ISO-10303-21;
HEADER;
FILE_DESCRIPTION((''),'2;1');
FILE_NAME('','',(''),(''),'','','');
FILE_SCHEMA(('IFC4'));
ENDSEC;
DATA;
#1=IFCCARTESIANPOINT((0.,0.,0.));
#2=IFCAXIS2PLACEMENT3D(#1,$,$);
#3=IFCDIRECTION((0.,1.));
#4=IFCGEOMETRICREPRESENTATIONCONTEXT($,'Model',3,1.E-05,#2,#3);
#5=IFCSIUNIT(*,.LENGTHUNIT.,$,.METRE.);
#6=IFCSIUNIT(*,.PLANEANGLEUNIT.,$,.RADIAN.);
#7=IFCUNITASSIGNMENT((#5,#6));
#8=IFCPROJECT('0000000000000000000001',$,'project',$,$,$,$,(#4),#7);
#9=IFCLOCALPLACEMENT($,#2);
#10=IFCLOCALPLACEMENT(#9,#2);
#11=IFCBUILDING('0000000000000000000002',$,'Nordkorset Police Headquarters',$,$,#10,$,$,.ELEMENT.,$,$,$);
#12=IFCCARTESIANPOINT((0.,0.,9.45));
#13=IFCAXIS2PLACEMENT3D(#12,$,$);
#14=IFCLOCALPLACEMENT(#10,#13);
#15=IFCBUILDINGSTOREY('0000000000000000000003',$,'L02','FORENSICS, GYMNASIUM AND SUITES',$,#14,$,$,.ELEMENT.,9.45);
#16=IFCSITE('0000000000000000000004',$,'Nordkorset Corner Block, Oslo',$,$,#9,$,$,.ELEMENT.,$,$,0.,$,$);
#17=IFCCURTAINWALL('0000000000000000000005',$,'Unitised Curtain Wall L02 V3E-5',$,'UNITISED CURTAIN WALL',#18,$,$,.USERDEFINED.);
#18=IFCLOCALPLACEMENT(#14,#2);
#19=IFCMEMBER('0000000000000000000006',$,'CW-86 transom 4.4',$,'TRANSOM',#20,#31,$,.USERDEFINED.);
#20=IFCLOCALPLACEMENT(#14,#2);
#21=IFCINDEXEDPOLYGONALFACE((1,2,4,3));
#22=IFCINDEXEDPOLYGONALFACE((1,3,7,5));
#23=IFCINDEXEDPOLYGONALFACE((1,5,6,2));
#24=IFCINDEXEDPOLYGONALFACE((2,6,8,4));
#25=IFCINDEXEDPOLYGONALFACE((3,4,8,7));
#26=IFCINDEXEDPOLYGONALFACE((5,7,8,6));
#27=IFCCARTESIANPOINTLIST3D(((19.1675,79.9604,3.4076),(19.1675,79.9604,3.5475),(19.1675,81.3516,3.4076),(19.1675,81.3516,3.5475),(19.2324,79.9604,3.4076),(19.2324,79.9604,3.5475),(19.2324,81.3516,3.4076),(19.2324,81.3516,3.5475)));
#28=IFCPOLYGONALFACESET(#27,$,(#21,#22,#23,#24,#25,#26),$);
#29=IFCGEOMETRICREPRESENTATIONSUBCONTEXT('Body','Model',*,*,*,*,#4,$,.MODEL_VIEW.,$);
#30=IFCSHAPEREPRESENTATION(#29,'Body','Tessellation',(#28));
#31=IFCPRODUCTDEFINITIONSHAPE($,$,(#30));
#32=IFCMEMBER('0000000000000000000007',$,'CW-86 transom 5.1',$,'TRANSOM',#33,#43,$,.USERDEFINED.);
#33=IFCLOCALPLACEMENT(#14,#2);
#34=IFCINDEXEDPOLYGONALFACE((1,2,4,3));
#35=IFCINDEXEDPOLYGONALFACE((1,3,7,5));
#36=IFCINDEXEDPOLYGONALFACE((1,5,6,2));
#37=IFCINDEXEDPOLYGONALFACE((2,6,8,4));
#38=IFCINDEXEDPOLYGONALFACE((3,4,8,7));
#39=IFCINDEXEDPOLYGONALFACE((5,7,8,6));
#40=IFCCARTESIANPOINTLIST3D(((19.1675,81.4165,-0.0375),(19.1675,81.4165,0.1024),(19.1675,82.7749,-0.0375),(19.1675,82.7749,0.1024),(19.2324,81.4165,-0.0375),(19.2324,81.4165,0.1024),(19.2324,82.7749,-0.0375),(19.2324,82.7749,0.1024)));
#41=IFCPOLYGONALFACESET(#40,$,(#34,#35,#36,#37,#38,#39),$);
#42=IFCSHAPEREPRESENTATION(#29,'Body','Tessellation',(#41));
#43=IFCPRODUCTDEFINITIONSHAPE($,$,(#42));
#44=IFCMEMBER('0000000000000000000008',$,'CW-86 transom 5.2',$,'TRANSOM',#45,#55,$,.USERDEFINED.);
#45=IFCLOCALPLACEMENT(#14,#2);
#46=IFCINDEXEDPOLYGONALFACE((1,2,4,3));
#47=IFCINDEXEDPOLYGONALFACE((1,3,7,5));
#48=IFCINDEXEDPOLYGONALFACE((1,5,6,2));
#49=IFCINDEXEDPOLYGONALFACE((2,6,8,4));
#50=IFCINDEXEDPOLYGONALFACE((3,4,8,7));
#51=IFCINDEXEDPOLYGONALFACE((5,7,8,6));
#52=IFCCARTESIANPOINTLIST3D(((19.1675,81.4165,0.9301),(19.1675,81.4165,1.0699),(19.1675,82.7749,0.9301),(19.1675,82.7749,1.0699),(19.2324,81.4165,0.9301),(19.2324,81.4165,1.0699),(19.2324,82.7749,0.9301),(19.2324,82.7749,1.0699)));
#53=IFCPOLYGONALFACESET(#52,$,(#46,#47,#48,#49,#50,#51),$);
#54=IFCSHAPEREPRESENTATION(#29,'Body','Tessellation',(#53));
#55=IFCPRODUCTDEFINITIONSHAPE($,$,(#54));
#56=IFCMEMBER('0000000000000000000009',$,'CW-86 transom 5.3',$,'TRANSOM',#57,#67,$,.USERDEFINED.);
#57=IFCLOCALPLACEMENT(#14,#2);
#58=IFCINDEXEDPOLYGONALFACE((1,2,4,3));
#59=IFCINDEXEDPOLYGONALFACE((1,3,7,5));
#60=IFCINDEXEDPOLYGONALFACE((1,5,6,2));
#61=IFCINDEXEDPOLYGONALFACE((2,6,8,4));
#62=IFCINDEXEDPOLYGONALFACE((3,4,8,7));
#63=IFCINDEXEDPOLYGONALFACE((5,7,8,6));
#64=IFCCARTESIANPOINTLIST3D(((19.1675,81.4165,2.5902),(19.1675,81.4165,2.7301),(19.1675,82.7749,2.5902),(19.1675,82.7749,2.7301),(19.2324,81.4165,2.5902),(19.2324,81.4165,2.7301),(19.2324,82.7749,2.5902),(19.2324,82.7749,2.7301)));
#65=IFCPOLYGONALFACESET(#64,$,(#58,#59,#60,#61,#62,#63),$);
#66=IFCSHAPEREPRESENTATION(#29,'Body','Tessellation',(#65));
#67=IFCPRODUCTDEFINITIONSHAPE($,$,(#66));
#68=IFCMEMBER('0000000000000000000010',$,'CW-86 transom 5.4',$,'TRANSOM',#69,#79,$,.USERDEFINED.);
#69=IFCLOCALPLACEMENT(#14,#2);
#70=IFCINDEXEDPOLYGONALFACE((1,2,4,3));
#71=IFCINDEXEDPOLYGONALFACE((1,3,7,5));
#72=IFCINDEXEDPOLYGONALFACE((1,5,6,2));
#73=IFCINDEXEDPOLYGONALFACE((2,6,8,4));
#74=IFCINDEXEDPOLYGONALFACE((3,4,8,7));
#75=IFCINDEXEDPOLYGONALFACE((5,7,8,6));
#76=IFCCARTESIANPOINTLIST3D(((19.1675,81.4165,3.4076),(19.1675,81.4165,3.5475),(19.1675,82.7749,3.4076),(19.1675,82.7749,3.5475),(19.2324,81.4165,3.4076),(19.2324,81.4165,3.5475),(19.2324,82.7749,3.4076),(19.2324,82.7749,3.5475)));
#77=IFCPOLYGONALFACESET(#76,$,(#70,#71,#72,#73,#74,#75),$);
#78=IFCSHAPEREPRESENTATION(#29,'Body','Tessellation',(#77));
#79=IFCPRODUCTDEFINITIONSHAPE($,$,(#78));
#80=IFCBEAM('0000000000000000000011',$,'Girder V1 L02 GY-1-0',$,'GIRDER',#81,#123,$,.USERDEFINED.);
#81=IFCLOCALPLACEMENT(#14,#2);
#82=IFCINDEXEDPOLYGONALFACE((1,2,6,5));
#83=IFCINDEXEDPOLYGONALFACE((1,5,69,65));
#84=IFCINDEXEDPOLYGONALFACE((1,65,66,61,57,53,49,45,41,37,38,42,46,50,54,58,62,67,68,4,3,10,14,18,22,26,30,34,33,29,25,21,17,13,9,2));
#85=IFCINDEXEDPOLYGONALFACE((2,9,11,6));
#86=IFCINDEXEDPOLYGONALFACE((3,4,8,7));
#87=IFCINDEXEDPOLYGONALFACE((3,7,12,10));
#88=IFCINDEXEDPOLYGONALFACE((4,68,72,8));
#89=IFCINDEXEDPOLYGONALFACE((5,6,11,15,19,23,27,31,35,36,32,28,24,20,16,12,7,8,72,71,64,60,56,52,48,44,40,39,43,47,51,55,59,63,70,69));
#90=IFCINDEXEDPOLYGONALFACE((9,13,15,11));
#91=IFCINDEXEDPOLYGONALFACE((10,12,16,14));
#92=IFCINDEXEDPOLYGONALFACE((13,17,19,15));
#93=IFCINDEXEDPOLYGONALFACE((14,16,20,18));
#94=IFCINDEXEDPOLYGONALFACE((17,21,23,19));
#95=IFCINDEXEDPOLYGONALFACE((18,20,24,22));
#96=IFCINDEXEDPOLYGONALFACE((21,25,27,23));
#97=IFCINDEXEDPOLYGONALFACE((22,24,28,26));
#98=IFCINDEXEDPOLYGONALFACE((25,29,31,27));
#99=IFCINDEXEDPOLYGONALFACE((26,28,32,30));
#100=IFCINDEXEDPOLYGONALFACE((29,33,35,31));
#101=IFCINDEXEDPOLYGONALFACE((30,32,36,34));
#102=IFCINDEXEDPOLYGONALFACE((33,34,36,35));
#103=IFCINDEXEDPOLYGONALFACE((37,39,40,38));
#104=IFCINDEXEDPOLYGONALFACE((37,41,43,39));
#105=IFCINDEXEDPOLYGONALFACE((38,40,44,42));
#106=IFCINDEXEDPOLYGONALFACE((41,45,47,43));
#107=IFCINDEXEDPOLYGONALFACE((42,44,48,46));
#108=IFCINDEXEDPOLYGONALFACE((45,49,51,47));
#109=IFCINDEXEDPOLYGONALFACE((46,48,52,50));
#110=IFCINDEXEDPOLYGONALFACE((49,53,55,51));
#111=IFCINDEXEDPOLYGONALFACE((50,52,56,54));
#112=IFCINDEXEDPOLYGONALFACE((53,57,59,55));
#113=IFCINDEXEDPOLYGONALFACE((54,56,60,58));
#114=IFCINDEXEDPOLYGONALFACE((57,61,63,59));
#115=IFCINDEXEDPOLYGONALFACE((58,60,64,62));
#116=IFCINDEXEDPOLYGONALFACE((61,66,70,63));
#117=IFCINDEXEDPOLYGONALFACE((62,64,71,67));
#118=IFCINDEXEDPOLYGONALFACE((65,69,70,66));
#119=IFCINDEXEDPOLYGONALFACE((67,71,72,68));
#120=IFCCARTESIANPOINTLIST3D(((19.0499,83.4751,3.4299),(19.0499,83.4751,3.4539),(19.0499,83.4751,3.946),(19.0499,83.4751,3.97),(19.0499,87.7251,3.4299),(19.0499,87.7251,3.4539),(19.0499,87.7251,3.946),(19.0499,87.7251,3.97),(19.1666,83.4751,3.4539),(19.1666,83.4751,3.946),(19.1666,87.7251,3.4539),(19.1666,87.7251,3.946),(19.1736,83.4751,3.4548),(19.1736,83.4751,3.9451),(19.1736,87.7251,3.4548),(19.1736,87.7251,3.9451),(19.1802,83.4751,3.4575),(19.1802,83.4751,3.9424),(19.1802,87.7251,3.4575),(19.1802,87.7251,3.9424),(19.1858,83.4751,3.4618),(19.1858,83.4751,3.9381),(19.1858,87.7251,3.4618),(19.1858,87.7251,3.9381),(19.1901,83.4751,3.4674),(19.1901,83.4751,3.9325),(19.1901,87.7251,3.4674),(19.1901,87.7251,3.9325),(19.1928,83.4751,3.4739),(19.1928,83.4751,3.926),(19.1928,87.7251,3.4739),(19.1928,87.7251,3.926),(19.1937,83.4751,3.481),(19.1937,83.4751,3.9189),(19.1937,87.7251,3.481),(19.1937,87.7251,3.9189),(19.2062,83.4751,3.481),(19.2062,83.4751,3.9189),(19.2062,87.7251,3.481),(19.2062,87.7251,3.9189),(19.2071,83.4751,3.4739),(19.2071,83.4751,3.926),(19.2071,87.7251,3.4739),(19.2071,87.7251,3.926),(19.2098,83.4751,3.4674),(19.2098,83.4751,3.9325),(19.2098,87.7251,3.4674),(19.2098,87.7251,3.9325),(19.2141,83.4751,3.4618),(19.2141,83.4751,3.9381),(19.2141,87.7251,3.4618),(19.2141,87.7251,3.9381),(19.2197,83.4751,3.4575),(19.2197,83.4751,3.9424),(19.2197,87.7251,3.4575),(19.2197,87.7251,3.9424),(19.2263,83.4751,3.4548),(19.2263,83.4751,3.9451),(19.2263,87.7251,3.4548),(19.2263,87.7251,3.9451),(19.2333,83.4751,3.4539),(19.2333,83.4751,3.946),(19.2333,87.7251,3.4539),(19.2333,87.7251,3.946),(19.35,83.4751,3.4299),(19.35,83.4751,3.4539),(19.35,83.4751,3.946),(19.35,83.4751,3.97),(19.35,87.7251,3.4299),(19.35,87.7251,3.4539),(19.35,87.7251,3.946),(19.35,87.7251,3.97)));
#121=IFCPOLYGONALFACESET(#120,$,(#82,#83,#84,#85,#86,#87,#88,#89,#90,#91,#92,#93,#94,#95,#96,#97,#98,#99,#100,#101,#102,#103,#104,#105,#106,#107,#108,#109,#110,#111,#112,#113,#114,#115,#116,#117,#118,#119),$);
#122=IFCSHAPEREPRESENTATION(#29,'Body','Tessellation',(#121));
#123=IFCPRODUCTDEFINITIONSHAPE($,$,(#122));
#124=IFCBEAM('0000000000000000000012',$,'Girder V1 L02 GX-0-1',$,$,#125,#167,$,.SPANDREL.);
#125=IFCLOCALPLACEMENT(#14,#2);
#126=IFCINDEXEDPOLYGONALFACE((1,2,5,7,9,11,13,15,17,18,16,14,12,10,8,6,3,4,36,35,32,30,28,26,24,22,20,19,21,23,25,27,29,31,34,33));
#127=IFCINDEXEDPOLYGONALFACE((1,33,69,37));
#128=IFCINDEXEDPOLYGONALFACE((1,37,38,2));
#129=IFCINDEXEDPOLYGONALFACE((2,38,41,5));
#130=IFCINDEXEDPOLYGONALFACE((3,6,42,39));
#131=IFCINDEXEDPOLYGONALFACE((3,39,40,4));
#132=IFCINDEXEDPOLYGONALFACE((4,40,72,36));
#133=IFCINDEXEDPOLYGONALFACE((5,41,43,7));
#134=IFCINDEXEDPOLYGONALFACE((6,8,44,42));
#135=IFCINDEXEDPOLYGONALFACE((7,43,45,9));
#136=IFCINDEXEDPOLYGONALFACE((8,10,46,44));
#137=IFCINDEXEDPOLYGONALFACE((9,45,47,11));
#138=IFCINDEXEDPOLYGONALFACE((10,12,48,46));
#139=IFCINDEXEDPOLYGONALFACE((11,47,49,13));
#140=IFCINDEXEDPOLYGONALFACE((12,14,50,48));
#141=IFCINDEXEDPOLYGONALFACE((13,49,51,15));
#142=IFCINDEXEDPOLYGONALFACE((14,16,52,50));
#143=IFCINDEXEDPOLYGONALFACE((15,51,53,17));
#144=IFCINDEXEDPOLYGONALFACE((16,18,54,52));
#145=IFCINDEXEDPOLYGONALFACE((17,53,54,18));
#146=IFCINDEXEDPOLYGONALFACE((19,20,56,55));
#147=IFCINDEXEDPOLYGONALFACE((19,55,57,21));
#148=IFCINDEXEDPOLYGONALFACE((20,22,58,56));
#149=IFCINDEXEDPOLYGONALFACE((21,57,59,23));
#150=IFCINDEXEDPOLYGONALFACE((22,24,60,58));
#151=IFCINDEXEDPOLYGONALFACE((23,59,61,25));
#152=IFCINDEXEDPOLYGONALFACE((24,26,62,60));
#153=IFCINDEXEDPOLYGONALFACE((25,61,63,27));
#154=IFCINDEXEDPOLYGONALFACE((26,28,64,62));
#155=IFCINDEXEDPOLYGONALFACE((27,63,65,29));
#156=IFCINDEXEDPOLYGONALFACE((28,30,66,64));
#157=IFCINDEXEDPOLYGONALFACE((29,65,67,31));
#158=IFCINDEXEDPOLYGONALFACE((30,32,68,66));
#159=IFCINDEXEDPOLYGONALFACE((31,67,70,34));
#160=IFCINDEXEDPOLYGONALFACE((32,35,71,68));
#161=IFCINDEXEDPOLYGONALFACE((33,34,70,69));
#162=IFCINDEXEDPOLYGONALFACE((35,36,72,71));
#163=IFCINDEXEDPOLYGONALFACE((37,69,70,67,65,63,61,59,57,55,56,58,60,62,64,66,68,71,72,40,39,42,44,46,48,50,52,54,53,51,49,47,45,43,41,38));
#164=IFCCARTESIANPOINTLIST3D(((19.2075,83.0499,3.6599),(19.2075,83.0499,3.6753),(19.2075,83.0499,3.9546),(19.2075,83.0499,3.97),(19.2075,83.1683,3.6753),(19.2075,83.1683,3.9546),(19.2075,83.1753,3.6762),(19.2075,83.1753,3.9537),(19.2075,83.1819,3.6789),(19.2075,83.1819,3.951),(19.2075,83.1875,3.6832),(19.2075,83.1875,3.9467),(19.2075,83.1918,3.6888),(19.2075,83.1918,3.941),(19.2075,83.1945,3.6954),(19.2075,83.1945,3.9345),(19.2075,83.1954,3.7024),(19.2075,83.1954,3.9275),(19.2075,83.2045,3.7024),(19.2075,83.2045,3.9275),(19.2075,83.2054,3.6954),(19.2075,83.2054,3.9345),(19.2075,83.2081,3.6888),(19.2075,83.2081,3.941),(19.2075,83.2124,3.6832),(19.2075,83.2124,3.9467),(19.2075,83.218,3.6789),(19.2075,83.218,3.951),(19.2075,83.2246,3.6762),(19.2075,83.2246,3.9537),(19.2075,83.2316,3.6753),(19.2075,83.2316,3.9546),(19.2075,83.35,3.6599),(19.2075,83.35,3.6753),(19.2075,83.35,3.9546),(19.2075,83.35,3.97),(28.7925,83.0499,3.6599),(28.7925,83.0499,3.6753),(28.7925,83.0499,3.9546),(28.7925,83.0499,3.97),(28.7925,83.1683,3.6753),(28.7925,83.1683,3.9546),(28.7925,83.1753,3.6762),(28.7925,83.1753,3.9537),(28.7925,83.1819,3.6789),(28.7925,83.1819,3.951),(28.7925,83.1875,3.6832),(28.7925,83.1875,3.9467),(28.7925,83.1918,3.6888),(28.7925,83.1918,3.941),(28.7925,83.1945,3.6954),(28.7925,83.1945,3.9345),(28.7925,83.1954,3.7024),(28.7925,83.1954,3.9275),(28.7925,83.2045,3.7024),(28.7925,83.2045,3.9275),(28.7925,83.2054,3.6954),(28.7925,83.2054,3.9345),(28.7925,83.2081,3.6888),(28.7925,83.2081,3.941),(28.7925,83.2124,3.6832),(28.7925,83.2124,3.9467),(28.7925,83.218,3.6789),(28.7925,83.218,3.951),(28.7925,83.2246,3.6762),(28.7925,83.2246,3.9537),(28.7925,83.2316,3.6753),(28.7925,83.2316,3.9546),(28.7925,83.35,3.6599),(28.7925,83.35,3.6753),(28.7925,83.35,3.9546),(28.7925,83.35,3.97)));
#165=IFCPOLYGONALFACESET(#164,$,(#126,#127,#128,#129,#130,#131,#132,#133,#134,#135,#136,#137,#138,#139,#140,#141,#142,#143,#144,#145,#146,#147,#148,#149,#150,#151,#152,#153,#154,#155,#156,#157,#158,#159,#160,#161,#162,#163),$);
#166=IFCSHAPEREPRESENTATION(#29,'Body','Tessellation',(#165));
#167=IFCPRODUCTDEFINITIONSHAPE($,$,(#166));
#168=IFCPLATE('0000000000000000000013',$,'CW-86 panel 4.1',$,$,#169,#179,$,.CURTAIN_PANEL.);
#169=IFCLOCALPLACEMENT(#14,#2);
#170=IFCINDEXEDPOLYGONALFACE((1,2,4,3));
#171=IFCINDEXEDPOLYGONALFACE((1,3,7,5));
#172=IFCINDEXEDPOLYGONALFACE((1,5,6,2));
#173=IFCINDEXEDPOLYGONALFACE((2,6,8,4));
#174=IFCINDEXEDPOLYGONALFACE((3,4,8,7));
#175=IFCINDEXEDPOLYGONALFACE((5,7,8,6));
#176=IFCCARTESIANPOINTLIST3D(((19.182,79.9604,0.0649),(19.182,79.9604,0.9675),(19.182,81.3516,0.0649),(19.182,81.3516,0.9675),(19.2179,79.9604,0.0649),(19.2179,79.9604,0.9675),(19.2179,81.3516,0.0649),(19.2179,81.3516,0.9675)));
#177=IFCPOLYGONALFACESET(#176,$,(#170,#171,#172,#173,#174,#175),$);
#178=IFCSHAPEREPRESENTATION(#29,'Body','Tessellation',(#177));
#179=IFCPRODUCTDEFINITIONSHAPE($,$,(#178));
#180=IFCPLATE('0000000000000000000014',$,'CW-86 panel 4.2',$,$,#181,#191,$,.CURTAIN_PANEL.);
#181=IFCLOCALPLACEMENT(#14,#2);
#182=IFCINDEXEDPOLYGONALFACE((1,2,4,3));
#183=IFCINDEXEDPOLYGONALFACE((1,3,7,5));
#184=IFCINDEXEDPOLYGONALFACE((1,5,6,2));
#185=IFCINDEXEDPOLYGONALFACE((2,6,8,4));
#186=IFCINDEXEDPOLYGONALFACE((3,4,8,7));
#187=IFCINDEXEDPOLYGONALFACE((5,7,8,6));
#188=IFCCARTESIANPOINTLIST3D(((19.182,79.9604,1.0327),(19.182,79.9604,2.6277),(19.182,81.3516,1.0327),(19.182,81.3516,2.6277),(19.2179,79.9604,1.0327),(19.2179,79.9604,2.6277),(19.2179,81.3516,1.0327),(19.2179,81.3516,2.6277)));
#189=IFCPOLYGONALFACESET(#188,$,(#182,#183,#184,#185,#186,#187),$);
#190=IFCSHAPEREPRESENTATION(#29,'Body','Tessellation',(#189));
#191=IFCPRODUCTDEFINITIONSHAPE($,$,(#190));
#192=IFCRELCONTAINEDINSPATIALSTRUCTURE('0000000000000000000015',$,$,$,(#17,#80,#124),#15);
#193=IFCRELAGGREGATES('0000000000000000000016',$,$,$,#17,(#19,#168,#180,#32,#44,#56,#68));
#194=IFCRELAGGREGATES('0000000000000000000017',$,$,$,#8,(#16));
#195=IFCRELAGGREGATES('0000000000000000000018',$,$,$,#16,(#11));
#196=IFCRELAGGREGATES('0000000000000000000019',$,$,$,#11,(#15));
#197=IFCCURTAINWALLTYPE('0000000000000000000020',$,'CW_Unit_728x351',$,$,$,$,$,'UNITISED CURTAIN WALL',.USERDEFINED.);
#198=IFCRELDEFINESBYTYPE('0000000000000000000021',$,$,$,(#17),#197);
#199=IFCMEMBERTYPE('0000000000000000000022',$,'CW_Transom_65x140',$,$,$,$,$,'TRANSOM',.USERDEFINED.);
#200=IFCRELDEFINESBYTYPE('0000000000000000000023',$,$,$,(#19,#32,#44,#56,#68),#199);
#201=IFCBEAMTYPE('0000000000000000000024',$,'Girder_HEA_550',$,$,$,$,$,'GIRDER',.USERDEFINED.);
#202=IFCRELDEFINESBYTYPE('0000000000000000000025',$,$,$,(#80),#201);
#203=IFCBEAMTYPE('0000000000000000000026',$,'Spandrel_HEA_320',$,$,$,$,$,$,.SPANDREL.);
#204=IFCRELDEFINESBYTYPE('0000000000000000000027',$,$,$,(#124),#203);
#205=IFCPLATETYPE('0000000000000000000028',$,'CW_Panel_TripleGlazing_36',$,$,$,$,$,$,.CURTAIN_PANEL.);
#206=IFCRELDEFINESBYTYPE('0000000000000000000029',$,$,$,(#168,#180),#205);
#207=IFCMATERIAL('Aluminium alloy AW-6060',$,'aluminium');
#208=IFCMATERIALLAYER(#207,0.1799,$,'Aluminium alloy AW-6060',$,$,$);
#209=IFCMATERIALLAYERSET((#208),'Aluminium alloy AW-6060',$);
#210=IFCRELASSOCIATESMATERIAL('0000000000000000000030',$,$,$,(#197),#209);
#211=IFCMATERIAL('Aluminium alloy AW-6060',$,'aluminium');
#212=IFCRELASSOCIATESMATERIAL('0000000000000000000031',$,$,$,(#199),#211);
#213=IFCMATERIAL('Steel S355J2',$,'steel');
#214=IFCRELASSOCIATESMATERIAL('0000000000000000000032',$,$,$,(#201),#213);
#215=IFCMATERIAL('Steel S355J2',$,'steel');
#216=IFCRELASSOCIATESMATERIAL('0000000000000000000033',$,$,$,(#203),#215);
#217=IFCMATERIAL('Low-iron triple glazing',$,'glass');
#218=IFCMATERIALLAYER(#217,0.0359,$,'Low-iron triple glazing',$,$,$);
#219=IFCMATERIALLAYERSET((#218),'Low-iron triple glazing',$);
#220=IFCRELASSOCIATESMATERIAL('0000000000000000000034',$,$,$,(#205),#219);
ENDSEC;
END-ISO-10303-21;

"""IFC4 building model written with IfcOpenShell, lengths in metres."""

from ifc_helpers import new_model, si_unit, direction, frame, origin, origin_2d, place, context, subcontext, project, spatial, rectangle, i_section, extrude, material, layer, layer_set, material_profile, profile_set, type_object, element, aggregate, save


model = new_model("IFC4")

# Units and contexts
model_context = context("Model", 3, precision=1e-05, world=origin(), true_north=direction((0.0, 1.0)))
body_context = subcontext(model_context, "Body", "Model", "MODEL_VIEW")
ifc_project = project(units=[si_unit("LENGTHUNIT", "METRE"), si_unit("PLANEANGLEUNIT", "RADIAN")], contexts=[model_context])

# Site, building, storey
site_placement = place(None, origin())
site = spatial("IfcSite", under=ifc_project, at=site_placement, Name="Nordkorset Corner Block, Oslo", CompositionType="ELEMENT", RefElevation=0.0)
building_placement = place(site_placement, origin())
building = spatial("IfcBuilding", under=site, at=building_placement, Name="Nordkorset Police Headquarters", CompositionType="ELEMENT")
storey_placement = place(building_placement, frame((0.0, 0.0, 9.45)))
storey = spatial("IfcBuildingStorey", under=building, at=storey_placement, Name="L02", Description="FORENSICS, GYMNASIUM AND SUITES", CompositionType="ELEMENT", Elevation=9.45)

# Curtain wall
ifc_material_1 = material(Name="Aluminium alloy AW-6060", Category="aluminium")
ifc_layer_1 = layer(ifc_material_1, 0.1799, Name="Aluminium alloy AW-6060")
ifc_layer_set_1 = layer_set([ifc_layer_1], Name="Aluminium alloy AW-6060")
curtain_wall_type_1 = type_object("IfcCurtainWallType", Name="CW_Unit_728x351", ElementType="UNITISED CURTAIN WALL", PredefinedType="USERDEFINED", material=ifc_layer_set_1)
curtain_wall_1_placement = place(storey_placement, origin())
curtain_wall_1 = element("IfcCurtainWall", 1, at=curtain_wall_1_placement, inside=storey, type_object=curtain_wall_type_1, Name="Unitised Curtain Wall L02 V3E-5", ObjectType="UNITISED CURTAIN WALL", PredefinedType="USERDEFINED")

# Members
ifc_material_2 = material(Name="Aluminium alloy AW-6060", Category="aluminium")
ifc_material_profile_1 = material_profile(ifc_material_2, rectangle(XDim=0.0649, YDim=0.1399, at=origin_2d()), Name="ALU TRAN 65x140")
ifc_profile_set_1 = profile_set([ifc_material_profile_1], Name="Aluminium alloy AW-6060")
member_type_1 = type_object("IfcMemberType", Name="CW_Transom_65x140", ElementType="TRANSOM", PredefinedType="USERDEFINED", material=ifc_profile_set_1)
member_1_placement = place(storey_placement, frame((19.2, 79.9604, 3.4775), z_axis=(0.0, 1.0, 0.0), x_axis=(-1.0, 0.0, 0.0)))
member_1 = element("IfcMember", 2, at=member_1_placement, type_object=member_type_1, Name="CW-86 transom 4.4", ObjectType="TRANSOM", PredefinedType="USERDEFINED", context=body_context, shape_type="SweptSolid", body=[
    extrude(rectangle(XDim=0.0649, YDim=0.1399, at=origin_2d()), origin(), (0.0, 0.0, 1.0), 1.3911),
])
member_2_placement = place(storey_placement, frame((19.2, 81.4165, 0.0325), z_axis=(0.0, 1.0, 0.0), x_axis=(-1.0, 0.0, 0.0)))
member_2 = element("IfcMember", 3, at=member_2_placement, type_object=member_type_1, Name="CW-86 transom 5.1", ObjectType="TRANSOM", PredefinedType="USERDEFINED", context=body_context, shape_type="SweptSolid", body=[
    extrude(rectangle(XDim=0.0649, YDim=0.1399, at=origin_2d()), origin(), (0.0, 0.0, 1.0), 1.3584),
])
member_3_placement = place(storey_placement, frame((19.2, 81.4165, 1.0), z_axis=(0.0, 1.0, 0.0), x_axis=(-1.0, 0.0, 0.0)))
member_3 = element("IfcMember", 4, at=member_3_placement, type_object=member_type_1, Name="CW-86 transom 5.2", ObjectType="TRANSOM", PredefinedType="USERDEFINED", context=body_context, shape_type="SweptSolid", body=[
    extrude(rectangle(XDim=0.0649, YDim=0.1399, at=origin_2d()), origin(), (0.0, 0.0, 1.0), 1.3584),
])
member_4_placement = place(storey_placement, frame((19.2, 81.4165, 2.6602), z_axis=(0.0, 1.0, 0.0), x_axis=(-1.0, 0.0, 0.0)))
member_4 = element("IfcMember", 5, at=member_4_placement, type_object=member_type_1, Name="CW-86 transom 5.3", ObjectType="TRANSOM", PredefinedType="USERDEFINED", context=body_context, shape_type="SweptSolid", body=[
    extrude(rectangle(XDim=0.0649, YDim=0.1399, at=origin_2d()), origin(), (0.0, 0.0, 1.0), 1.3584),
])
member_5_placement = place(storey_placement, frame((19.2, 81.4165, 3.4775), z_axis=(0.0, 1.0, 0.0), x_axis=(-1.0, 0.0, 0.0)))
member_5 = element("IfcMember", 6, at=member_5_placement, type_object=member_type_1, Name="CW-86 transom 5.4", ObjectType="TRANSOM", PredefinedType="USERDEFINED", context=body_context, shape_type="SweptSolid", body=[
    extrude(rectangle(XDim=0.0649, YDim=0.1399, at=origin_2d()), origin(), (0.0, 0.0, 1.0), 1.3584),
])

# Beams
ifc_material_3 = material(Name="Steel S355J2", Category="steel")
ifc_material_profile_2 = material_profile(ifc_material_3, i_section(OverallWidth=0.3, OverallDepth=0.54, WebThickness=0.0125, FlangeThickness=0.0239, FilletRadius=0.0271, at=origin_2d()), Name="HEA 550")
ifc_profile_set_2 = profile_set([ifc_material_profile_2], Name="Steel S355J2")
beam_type_1 = type_object("IfcBeamType", Name="Girder_HEA_550", ElementType="GIRDER", PredefinedType="USERDEFINED", material=ifc_profile_set_2)
beam_1_placement = place(storey_placement, frame((19.2, 83.4751, 3.7), z_axis=(0.0, 1.0, 0.0), x_axis=(-1.0, 0.0, 0.0)))
element("IfcBeam", 7, at=beam_1_placement, inside=storey, type_object=beam_type_1, Name="Girder V1 L02 GY-1-0", ObjectType="GIRDER", PredefinedType="USERDEFINED", context=body_context, shape_type="SweptSolid", body=[
    extrude(i_section(OverallWidth=0.3, OverallDepth=0.54, WebThickness=0.0125, FlangeThickness=0.0239, FilletRadius=0.0271, at=origin_2d()), origin(), (0.0, 0.0, 1.0), 4.25),
])
ifc_material_4 = material(Name="Steel S355J2", Category="steel")
ifc_material_profile_3 = material_profile(ifc_material_4, i_section(OverallWidth=0.3, OverallDepth=0.3101, WebThickness=0.009, FlangeThickness=0.0154, FilletRadius=0.0271, at=origin_2d()), Name="HEA 320")
ifc_profile_set_3 = profile_set([ifc_material_profile_3], Name="Steel S355J2")
beam_type_2 = type_object("IfcBeamType", Name="Spandrel_HEA_320", PredefinedType="SPANDREL", material=ifc_profile_set_3)
beam_2_placement = place(storey_placement, frame((19.2075, 83.2, 3.8149), z_axis=(1.0, 0.0, 0.0), x_axis=(0.0, 1.0, 0.0)))
element("IfcBeam", 8, at=beam_2_placement, inside=storey, type_object=beam_type_2, Name="Girder V1 L02 GX-0-1", PredefinedType="SPANDREL", context=body_context, shape_type="SweptSolid", body=[
    extrude(i_section(OverallWidth=0.3, OverallDepth=0.3101, WebThickness=0.009, FlangeThickness=0.0154, FilletRadius=0.0271, at=origin_2d()), origin(), (0.0, 0.0, 1.0), 9.585),
])

# Plates
ifc_material_5 = material(Name="Low-iron triple glazing", Category="glass")
ifc_layer_2 = layer(ifc_material_5, 0.0359, Name="Low-iron triple glazing")
ifc_layer_set_2 = layer_set([ifc_layer_2], Name="Low-iron triple glazing")
plate_type = type_object("IfcPlateType", Name="CW_Panel_TripleGlazing_36", PredefinedType="CURTAIN_PANEL", material=ifc_layer_set_2)
plate_1_placement = place(storey_placement, frame((19.2, 80.656, 0.0649), z_axis=(0.0, 0.0, 1.0), x_axis=(0.0, 1.0, 0.0)))
plate_1 = element("IfcPlate", 9, at=plate_1_placement, type_object=plate_type, Name="CW-86 panel 4.1", PredefinedType="CURTAIN_PANEL", context=body_context, shape_type="SweptSolid", body=[
    extrude(rectangle(XDim=1.3911, YDim=0.0359, at=origin_2d()), origin(), (0.0, 0.0, 1.0), 0.9026),
])
plate_2_placement = place(storey_placement, frame((19.2, 80.656, 1.0327), z_axis=(0.0, 0.0, 1.0), x_axis=(0.0, 1.0, 0.0)))
plate_2 = element("IfcPlate", 10, at=plate_2_placement, type_object=plate_type, Name="CW-86 panel 4.2", PredefinedType="CURTAIN_PANEL", context=body_context, shape_type="SweptSolid", body=[
    extrude(rectangle(XDim=1.3911, YDim=0.0359, at=origin_2d()), origin(), (0.0, 0.0, 1.0), 1.595),
])
aggregate(curtain_wall_1, [member_1, plate_1, plate_2, member_2, member_3, member_4, member_5])

save(model, "model.ifc")
